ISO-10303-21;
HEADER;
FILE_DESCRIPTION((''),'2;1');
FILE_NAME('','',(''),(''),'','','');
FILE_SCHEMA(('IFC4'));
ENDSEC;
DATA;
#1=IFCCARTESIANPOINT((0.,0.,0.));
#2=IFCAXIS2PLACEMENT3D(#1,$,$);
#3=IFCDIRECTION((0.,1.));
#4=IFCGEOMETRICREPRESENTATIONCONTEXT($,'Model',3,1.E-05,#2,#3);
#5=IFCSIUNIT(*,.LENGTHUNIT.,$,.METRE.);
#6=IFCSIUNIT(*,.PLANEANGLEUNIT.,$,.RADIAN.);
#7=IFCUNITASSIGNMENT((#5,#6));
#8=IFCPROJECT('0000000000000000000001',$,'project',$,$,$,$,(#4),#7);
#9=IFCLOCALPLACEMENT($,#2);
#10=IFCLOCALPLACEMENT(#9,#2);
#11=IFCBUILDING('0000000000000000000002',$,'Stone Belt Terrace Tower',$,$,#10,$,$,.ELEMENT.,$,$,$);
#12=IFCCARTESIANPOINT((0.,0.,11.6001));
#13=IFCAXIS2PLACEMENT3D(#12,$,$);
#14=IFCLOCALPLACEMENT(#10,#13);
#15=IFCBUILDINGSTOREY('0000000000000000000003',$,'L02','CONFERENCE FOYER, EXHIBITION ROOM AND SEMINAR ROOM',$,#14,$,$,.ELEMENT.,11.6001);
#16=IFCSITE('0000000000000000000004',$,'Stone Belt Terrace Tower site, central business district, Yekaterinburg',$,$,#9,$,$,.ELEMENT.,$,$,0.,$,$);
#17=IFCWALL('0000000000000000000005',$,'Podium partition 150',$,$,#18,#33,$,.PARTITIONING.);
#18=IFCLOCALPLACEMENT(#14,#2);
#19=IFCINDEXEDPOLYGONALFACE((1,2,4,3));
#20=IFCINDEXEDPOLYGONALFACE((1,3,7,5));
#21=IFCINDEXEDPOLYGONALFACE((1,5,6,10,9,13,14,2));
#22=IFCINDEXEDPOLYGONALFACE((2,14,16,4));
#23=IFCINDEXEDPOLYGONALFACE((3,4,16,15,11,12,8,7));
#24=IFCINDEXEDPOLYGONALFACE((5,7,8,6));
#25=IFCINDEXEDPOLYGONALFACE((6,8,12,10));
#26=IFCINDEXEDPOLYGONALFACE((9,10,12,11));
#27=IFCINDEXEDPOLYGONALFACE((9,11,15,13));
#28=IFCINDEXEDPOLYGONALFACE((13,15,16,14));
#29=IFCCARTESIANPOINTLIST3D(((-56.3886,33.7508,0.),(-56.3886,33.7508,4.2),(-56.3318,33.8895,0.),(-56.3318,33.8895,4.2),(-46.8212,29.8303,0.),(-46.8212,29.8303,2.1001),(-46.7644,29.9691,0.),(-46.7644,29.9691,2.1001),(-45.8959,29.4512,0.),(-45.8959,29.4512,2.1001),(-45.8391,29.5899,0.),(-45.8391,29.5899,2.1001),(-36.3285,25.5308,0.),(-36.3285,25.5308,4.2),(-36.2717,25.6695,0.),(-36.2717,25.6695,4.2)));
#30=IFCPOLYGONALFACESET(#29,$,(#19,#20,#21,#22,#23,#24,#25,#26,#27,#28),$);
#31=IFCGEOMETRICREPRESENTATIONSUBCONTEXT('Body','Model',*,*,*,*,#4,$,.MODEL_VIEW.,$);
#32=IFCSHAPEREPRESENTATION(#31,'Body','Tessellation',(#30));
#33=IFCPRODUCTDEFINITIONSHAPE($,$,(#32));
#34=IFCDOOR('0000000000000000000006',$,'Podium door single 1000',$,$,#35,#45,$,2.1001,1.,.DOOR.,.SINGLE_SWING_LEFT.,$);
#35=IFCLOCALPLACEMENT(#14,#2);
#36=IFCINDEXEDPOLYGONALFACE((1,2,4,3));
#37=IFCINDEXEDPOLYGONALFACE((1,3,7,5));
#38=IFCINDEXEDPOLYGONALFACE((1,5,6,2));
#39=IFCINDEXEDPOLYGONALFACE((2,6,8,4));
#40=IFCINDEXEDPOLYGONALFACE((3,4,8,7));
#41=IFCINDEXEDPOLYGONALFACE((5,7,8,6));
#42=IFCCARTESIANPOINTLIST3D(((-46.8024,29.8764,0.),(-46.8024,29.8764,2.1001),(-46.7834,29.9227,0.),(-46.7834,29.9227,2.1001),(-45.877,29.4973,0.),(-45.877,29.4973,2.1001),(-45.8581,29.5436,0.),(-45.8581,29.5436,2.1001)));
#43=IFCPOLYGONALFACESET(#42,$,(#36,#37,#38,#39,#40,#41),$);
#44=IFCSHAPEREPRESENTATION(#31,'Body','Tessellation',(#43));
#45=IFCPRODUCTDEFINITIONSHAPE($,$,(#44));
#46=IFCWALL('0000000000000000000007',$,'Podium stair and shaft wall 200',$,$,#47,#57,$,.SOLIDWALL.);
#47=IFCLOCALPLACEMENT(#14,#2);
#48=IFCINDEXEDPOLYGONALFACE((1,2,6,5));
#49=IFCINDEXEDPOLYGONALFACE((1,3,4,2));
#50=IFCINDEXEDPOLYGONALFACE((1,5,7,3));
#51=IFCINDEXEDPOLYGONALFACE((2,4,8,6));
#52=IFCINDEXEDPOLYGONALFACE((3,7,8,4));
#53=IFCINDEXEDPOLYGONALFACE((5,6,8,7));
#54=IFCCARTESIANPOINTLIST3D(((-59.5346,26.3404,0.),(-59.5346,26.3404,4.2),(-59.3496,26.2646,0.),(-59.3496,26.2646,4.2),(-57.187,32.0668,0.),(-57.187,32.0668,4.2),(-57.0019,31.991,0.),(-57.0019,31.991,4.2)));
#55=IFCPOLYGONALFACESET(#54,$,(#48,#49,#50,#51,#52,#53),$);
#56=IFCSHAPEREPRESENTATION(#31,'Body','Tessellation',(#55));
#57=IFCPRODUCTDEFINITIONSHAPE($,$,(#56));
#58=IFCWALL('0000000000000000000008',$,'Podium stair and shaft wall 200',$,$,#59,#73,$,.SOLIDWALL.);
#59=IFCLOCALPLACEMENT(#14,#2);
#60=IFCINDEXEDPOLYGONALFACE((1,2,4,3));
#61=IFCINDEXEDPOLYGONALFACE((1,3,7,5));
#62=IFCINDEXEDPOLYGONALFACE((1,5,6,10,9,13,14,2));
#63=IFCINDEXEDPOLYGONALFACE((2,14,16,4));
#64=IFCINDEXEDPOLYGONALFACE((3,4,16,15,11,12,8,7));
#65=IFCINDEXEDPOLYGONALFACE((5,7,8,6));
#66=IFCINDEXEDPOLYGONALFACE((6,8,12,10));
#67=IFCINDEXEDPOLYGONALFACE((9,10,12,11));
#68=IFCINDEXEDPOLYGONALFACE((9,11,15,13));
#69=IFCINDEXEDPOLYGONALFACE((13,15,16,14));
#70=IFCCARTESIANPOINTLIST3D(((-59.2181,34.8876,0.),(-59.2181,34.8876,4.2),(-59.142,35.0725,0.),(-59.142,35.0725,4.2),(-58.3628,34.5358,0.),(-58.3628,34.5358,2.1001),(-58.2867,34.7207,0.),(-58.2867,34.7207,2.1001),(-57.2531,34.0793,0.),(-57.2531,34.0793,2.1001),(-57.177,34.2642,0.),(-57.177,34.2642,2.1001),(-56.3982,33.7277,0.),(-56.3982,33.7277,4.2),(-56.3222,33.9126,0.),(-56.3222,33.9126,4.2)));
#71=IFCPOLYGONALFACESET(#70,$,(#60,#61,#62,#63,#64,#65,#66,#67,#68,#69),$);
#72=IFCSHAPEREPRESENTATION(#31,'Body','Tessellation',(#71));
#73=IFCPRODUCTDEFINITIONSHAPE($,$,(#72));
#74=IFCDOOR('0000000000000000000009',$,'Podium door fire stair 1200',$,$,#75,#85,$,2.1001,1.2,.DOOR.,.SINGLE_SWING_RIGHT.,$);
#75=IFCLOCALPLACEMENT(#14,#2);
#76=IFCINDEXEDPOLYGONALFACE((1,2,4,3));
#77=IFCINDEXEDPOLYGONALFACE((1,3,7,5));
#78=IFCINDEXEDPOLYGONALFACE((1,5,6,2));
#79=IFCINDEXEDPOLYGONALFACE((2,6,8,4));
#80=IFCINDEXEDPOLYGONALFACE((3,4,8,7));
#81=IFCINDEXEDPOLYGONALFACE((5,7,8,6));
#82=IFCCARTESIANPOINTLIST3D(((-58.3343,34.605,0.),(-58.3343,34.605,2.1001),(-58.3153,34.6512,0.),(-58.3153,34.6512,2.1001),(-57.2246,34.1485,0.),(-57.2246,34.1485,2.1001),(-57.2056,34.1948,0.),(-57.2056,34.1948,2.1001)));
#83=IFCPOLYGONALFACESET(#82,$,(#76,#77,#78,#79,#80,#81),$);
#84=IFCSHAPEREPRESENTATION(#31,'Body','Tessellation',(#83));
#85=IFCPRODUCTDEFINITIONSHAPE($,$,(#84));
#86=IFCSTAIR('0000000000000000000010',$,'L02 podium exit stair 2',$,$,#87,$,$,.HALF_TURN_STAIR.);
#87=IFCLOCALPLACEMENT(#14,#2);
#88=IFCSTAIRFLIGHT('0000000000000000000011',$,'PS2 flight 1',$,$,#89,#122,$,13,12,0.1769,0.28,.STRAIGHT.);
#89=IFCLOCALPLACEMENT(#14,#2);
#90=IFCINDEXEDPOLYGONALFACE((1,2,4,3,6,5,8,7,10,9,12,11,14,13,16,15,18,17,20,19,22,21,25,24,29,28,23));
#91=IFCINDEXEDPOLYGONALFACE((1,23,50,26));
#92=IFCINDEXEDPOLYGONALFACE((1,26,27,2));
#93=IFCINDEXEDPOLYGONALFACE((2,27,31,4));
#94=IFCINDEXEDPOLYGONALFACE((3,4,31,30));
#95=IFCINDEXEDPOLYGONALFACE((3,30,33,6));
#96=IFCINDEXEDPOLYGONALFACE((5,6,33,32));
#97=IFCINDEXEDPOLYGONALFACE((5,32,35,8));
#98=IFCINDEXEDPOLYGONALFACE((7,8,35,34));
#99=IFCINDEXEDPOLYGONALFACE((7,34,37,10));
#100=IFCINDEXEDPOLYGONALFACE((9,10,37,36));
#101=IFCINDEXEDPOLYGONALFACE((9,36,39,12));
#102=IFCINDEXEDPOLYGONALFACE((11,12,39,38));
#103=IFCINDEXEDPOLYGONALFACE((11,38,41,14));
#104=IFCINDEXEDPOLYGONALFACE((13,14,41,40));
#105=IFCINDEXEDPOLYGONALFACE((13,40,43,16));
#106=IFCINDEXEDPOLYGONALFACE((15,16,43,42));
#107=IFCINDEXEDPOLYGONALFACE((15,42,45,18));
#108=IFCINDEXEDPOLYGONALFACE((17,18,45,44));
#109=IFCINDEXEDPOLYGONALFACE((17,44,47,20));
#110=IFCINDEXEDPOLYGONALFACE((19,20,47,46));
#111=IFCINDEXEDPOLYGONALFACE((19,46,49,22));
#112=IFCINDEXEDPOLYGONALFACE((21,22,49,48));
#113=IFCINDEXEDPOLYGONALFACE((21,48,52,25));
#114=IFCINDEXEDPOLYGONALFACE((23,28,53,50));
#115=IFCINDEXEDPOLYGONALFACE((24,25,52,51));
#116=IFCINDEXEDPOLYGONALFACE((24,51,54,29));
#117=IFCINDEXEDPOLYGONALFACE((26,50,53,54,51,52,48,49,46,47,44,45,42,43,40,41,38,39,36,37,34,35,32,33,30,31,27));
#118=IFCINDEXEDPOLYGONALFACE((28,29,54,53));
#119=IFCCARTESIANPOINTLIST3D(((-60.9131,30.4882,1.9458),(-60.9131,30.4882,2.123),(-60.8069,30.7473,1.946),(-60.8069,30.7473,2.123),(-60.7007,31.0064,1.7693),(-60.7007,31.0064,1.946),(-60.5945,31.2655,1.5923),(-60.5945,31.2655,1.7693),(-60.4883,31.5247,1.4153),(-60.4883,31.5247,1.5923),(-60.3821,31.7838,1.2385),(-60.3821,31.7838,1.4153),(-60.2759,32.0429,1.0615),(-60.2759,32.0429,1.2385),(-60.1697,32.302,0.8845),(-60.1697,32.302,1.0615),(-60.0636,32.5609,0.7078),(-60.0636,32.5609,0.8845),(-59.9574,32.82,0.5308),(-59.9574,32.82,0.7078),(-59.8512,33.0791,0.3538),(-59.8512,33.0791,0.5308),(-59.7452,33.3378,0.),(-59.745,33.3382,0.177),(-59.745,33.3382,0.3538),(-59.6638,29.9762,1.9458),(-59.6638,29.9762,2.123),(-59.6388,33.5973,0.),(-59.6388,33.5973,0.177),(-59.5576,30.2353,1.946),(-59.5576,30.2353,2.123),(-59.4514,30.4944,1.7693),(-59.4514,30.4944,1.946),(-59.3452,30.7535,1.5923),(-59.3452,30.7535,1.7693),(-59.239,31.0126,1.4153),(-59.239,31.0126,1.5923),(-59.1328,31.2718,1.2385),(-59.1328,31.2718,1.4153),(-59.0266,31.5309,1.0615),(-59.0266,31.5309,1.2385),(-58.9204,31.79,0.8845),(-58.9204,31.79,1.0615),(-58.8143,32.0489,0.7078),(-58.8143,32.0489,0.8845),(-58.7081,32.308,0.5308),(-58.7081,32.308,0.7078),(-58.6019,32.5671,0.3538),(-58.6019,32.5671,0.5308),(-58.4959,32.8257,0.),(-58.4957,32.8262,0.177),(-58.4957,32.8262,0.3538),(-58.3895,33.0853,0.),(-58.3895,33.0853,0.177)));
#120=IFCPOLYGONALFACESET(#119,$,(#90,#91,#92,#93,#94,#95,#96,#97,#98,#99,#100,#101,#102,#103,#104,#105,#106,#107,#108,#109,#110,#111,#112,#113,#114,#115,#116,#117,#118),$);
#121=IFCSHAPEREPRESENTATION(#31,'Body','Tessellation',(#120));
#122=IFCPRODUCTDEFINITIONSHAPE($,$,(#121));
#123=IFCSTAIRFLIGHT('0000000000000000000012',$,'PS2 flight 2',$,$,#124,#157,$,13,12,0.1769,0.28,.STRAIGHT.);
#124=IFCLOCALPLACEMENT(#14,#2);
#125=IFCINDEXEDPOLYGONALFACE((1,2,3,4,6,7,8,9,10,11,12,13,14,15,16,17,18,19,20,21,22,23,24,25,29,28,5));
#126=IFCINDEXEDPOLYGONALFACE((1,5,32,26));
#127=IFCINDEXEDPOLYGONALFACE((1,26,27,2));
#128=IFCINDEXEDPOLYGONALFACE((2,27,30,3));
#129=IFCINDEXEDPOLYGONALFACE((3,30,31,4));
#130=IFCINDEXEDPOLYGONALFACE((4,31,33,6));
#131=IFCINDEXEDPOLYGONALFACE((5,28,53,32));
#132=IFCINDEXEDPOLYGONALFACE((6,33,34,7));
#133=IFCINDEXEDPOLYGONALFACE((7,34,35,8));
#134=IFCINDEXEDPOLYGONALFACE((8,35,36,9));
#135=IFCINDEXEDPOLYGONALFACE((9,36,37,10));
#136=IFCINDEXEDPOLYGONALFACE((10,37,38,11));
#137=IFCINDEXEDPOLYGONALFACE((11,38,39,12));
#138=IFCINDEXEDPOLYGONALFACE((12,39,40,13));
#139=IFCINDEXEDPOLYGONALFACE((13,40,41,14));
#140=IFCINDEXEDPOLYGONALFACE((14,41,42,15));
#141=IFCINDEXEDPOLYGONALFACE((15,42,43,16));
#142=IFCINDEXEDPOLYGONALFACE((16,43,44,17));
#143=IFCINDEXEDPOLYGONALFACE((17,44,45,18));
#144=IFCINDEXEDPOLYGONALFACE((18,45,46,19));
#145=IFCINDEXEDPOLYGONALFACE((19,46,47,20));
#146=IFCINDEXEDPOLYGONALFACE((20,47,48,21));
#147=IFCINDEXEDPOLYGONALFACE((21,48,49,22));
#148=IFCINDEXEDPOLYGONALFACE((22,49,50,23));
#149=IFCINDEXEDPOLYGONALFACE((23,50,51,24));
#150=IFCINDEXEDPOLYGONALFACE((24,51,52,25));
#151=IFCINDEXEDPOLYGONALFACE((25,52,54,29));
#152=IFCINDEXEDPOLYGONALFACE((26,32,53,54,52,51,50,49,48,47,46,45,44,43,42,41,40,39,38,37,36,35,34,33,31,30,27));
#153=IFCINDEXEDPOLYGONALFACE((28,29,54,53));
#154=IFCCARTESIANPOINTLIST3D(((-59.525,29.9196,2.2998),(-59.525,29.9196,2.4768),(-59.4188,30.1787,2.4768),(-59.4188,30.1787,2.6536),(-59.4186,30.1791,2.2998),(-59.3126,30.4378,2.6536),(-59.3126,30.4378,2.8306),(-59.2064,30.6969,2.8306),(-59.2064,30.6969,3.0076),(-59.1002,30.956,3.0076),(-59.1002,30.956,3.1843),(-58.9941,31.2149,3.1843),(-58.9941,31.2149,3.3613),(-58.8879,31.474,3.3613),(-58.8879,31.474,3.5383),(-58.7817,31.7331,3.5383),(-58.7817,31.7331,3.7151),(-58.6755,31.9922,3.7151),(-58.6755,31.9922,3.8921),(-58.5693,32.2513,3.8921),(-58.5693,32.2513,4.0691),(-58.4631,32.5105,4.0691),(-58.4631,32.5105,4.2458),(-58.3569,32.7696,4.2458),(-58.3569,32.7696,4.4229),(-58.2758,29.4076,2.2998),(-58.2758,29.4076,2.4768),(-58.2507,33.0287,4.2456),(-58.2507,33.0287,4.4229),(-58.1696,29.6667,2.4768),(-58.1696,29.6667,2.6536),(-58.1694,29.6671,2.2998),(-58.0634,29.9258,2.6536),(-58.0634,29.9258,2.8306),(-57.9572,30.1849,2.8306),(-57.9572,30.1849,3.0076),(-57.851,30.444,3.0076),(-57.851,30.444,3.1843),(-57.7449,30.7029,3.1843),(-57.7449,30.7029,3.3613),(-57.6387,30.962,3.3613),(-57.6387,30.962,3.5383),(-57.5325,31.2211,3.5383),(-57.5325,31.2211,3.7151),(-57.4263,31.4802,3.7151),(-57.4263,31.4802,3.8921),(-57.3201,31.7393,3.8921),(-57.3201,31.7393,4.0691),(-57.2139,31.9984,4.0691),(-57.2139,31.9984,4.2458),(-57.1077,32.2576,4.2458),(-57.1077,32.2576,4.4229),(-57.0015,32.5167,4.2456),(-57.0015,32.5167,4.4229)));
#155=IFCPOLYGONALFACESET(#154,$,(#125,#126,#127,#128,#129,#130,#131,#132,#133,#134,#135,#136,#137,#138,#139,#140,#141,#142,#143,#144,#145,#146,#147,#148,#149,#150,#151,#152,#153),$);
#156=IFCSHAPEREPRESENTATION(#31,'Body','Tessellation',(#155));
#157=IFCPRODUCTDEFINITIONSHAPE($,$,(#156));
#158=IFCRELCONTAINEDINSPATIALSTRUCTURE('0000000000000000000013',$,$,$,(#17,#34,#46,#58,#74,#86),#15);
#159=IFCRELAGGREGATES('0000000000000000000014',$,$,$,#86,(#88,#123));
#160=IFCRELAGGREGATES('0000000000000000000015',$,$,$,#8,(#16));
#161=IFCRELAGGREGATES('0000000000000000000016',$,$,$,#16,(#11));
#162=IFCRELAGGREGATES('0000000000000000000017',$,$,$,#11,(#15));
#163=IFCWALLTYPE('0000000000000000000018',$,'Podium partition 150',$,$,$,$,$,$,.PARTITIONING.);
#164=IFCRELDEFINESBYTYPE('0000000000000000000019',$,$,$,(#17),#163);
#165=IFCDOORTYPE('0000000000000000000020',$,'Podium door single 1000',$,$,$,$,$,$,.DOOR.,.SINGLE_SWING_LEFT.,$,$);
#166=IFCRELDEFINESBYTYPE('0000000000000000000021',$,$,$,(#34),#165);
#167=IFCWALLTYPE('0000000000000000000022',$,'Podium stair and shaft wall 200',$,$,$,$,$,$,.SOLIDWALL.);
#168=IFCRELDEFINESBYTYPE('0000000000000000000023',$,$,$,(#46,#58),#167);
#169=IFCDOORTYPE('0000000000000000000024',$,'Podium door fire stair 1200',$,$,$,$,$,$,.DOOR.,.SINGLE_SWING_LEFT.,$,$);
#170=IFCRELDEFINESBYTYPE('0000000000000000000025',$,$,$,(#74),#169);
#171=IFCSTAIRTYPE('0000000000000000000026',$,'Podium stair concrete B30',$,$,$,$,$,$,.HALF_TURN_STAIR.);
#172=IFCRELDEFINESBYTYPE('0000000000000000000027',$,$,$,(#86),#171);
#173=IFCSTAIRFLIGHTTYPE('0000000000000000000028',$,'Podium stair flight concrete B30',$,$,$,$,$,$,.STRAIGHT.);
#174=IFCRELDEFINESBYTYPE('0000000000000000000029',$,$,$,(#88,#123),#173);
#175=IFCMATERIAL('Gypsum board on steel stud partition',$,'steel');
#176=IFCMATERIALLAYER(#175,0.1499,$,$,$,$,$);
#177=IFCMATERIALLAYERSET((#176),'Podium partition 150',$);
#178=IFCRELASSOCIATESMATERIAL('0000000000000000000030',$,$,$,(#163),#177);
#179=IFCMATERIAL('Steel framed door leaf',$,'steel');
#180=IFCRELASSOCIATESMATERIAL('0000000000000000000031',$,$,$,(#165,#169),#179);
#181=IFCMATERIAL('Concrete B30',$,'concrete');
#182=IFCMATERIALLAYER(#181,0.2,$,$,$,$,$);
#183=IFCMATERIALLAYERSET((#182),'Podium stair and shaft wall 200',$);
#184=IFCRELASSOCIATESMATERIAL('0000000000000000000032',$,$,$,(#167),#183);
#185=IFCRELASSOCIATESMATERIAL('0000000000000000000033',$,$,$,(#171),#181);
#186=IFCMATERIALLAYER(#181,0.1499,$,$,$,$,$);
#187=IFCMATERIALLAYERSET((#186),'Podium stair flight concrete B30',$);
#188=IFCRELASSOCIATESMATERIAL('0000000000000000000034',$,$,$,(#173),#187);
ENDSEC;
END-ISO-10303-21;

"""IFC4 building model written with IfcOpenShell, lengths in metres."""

from ifc_helpers import new_model, si_unit, direction, frame, frame_2d, origin, place, context, subcontext, project, spatial, polyline, rectangle, outline, extrude, material, layer, layer_set, type_object, element, fill, aggregate, save


model = new_model("IFC4")

# Units and contexts
model_context = context("Model", 3, precision=1e-05, world=origin(), true_north=direction((0.0, 1.0)))
body_context = subcontext(model_context, "Body", "Model", "MODEL_VIEW")
ifc_project = project(units=[si_unit("LENGTHUNIT", "METRE"), si_unit("PLANEANGLEUNIT", "RADIAN")], contexts=[model_context])

# Site, building, storey
site_placement = place(None, origin())
site = spatial("IfcSite", under=ifc_project, at=site_placement, Name="Stone Belt Terrace Tower site, central business district, Yekaterinburg", CompositionType="ELEMENT", RefElevation=0.0)
building_placement = place(site_placement, origin())
building = spatial("IfcBuilding", under=site, at=building_placement, Name="Stone Belt Terrace Tower", CompositionType="ELEMENT")
storey_placement = place(building_placement, frame((0.0, 0.0, 11.6001)))
storey = spatial("IfcBuildingStorey", under=building, at=storey_placement, Name="L02", Description="CONFERENCE FOYER, EXHIBITION ROOM AND SEMINAR ROOM", CompositionType="ELEMENT", Elevation=11.6001)

# Wall, opening, door
ifc_material_1 = material(Name="Gypsum board on steel stud partition", Category="steel")
ifc_layer_1 = layer(ifc_material_1, 0.1499)
ifc_layer_set_1 = layer_set([ifc_layer_1], Name="Podium partition 150")
wall_type_1 = type_object("IfcWallType", Name="Podium partition 150", PredefinedType="PARTITIONING", material=ifc_layer_set_1)
wall_1_placement = place(storey_placement, frame((-56.3601, 33.8201, 0.0), z_axis=(0.0, 0.0, 1.0), x_axis=(0.925327, -0.37917, 0.0)))
wall_1 = element("IfcWall", 1, at=wall_1_placement, inside=storey, type_object=wall_type_1, Name="Podium partition 150", PredefinedType="PARTITIONING", context=body_context, shape_type="SweptSolid", body=[
    extrude(rectangle(XDim=21.679, YDim=0.1499, at=frame_2d((10.8394, 0.0))), origin(), (0.0, 0.0, 1.0), 4.2),
])
opening_1_placement = place(wall_1_placement, frame((10.3394, 0.0, 0.0)))
opening_1 = element("IfcOpeningElement", 2, at=opening_1_placement, cuts=wall_1, PredefinedType="OPENING", context=body_context, shape_type="SweptSolid", body=[
    extrude(rectangle(XDim=1.0, YDim=2.1001, at=frame_2d((0.5, 1.05))), frame((0.0, 0.085, 0.0), z_axis=(0.0, -1.0, 0.0), x_axis=(1.0, 0.0, 0.0)), (0.0, 0.0, 1.0), 0.1699),
])
ifc_material_2 = material(Name="Steel framed door leaf", Category="steel")
door_type_1 = type_object("IfcDoorType", Name="Podium door single 1000", OperationType="SINGLE_SWING_LEFT", PredefinedType="DOOR", material=ifc_material_2)
door_1_placement = place(opening_1_placement, origin())
door_1 = element("IfcDoor", 3, at=door_1_placement, inside=storey, type_object=door_type_1, Name="Podium door single 1000", OperationType="SINGLE_SWING_LEFT", OverallHeight=2.1001, OverallWidth=1.0, PredefinedType="DOOR", context=body_context, shape_type="SweptSolid", body=[
    extrude(rectangle(XDim=1.0, YDim=2.1001, at=frame_2d((0.5, 1.05))), frame((0.0, 0.0249, 0.0), z_axis=(0.0, -1.0, 0.0), x_axis=(1.0, 0.0, 0.0)), (0.0, 0.0, 1.0), 0.05),
])
fill(opening_1, door_1)

# Wall
ifc_material_3 = material(Name="Concrete B30", Category="concrete")
ifc_layer_2 = layer(ifc_material_3, 0.2)
ifc_layer_set_2 = layer_set([ifc_layer_2], Name="Podium stair and shaft wall 200")
wall_type_2 = type_object("IfcWallType", Name="Podium stair and shaft wall 200", PredefinedType="SOLIDWALL", material=ifc_layer_set_2)
wall_2_placement = place(storey_placement, frame((-59.4421, 26.3025, 0.0), z_axis=(0.0, 0.0, 1.0), x_axis=(0.379335, 0.92526, 0.0)))
element("IfcWall", 4, at=wall_2_placement, inside=storey, type_object=wall_type_2, Name="Podium stair and shaft wall 200", PredefinedType="SOLIDWALL", context=body_context, shape_type="SweptSolid", body=[
    extrude(rectangle(XDim=6.189, YDim=0.2, at=frame_2d((3.0945, 0.0))), origin(), (0.0, 0.0, 1.0), 4.2),
])

# Wall, opening, door
wall_3_placement = place(storey_placement, frame((-59.1799, 34.98, 0.0), z_axis=(0.0, 0.0, 1.0), x_axis=(0.924816, -0.380416, 0.0)))
wall_3 = element("IfcWall", 5, at=wall_3_placement, inside=storey, type_object=wall_type_2, Name="Podium stair and shaft wall 200", PredefinedType="SOLIDWALL", context=body_context, shape_type="SweptSolid", body=[
    extrude(rectangle(XDim=3.0491, YDim=0.2, at=frame_2d((1.5244, 0.0))), origin(), (0.0, 0.0, 1.0), 4.2),
])
opening_2_placement = place(wall_3_placement, frame((0.9246, 0.0, 0.0)))
opening_2 = element("IfcOpeningElement", 6, at=opening_2_placement, cuts=wall_3, PredefinedType="OPENING", context=body_context, shape_type="SweptSolid", body=[
    extrude(rectangle(XDim=1.2, YDim=2.1001, at=frame_2d((0.6001, 1.05))), frame((0.0, 0.1099, 0.0), z_axis=(0.0, -1.0, 0.0), x_axis=(1.0, 0.0, 0.0)), (0.0, 0.0, 1.0), 0.22),
])
door_type_2 = type_object("IfcDoorType", Name="Podium door fire stair 1200", OperationType="SINGLE_SWING_LEFT", PredefinedType="DOOR", material=ifc_material_2)
door_2_placement = place(opening_2_placement, origin())
door_2 = element("IfcDoor", 7, at=door_2_placement, inside=storey, type_object=door_type_2, Name="Podium door fire stair 1200", OperationType="SINGLE_SWING_RIGHT", OverallHeight=2.1001, OverallWidth=1.2, PredefinedType="DOOR", context=body_context, shape_type="SweptSolid", body=[
    extrude(rectangle(XDim=1.2, YDim=2.1001, at=frame_2d((0.6001, 1.05))), frame((0.0, 0.0249, 0.0), z_axis=(0.0, -1.0, 0.0), x_axis=(1.0, 0.0, 0.0)), (0.0, 0.0, 1.0), 0.05),
])
fill(opening_2, door_2)

# Stair, stair flights
stair_type = type_object("IfcStairType", Name="Podium stair concrete B30", PredefinedType="HALF_TURN_STAIR", material=ifc_material_3)
stair_placement = place(storey_placement, origin())
stair = element("IfcStair", 8, at=stair_placement, inside=storey, type_object=stair_type, Name="L02 podium exit stair 2", PredefinedType="HALF_TURN_STAIR")
ifc_layer_3 = layer(ifc_material_3, 0.1499)
ifc_layer_set_3 = layer_set([ifc_layer_3], Name="Podium stair flight concrete B30")
stair_flight_type = type_object("IfcStairFlightType", Name="Podium stair flight concrete B30", PredefinedType="STRAIGHT", material=ifc_layer_set_3)
stair_flight_1_placement = place(storey_placement, frame((-59.0142, 33.3413, 0.0), z_axis=(0.0, 0.0, 1.0), x_axis=(-0.379243, -0.925297, 0.0)))
stair_flight_1 = element("IfcStairFlight", 9, at=stair_flight_1_placement, type_object=stair_flight_type, Name="PS2 flight 1", NumberOfRisers=13, NumberOfTreads=12, PredefinedType="STRAIGHT", RiserHeight=0.1769, TreadLength=0.28, context=body_context, shape_type="SweptSolid", body=[
    extrude(outline(polyline([(0.0, 0.0), (0.0, 0.177), (0.28, 0.177), (0.28, 0.3538), (0.5601, 0.3538), (0.5601, 0.5308), (0.8401, 0.5308), (0.8401, 0.7078), (1.1201, 0.7078), (1.1201, 0.8845), (1.3999, 0.8845), (1.3999, 1.0615), (1.6799, 1.0615), (1.6799, 1.2385), (1.96, 1.2385), (1.96, 1.4153), (2.24, 1.4153), (2.24, 1.5923), (2.52, 1.5923), (2.52, 1.7693), (2.8, 1.7693), (2.8, 1.946), (3.0801, 1.946), (3.0801, 2.123), (3.3601, 2.123), (3.3601, 2.3), (3.3601, 1.9458), (0.2805, 0.0), (0.0, 0.0)])), frame((0.0, 0.675, 0.0), z_axis=(0.0, -1.0, 0.0), x_axis=(1.0, 0.0, 0.0)), (0.0, 0.0, 1.0), 1.3501),
])
stair_flight_2_placement = place(storey_placement, frame((-58.9004, 29.6636, 2.2998), z_axis=(0.0, 0.0, 1.0), x_axis=(0.379243, 0.925297, 0.0)))
stair_flight_2 = element("IfcStairFlight", 10, at=stair_flight_2_placement, type_object=stair_flight_type, Name="PS2 flight 2", NumberOfRisers=13, NumberOfTreads=12, PredefinedType="STRAIGHT", RiserHeight=0.1769, TreadLength=0.28, context=body_context, shape_type="SweptSolid", body=[
    extrude(outline(polyline([(0.0, 0.0), (0.0, 0.177), (0.28, 0.177), (0.28, 0.3538), (0.5601, 0.3538), (0.5601, 0.5308), (0.8401, 0.5308), (0.8401, 0.7078), (1.1201, 0.7078), (1.1201, 0.8845), (1.3999, 0.8845), (1.3999, 1.0615), (1.6799, 1.0615), (1.6799, 1.2385), (1.96, 1.2385), (1.96, 1.4153), (2.24, 1.4153), (2.24, 1.5923), (2.52, 1.5923), (2.52, 1.7693), (2.8, 1.7693), (2.8, 1.946), (3.0801, 1.946), (3.0801, 2.123), (3.3601, 2.123), (3.3601, 2.3), (3.3601, 1.9458), (0.2805, 0.0), (0.0, 0.0)])), frame((0.0, 0.675, 0.0), z_axis=(0.0, -1.0, 0.0), x_axis=(1.0, 0.0, 0.0)), (0.0, 0.0, 1.0), 1.3501),
])
aggregate(stair, [stair_flight_1, stair_flight_2])

save(model, "model.ifc")
